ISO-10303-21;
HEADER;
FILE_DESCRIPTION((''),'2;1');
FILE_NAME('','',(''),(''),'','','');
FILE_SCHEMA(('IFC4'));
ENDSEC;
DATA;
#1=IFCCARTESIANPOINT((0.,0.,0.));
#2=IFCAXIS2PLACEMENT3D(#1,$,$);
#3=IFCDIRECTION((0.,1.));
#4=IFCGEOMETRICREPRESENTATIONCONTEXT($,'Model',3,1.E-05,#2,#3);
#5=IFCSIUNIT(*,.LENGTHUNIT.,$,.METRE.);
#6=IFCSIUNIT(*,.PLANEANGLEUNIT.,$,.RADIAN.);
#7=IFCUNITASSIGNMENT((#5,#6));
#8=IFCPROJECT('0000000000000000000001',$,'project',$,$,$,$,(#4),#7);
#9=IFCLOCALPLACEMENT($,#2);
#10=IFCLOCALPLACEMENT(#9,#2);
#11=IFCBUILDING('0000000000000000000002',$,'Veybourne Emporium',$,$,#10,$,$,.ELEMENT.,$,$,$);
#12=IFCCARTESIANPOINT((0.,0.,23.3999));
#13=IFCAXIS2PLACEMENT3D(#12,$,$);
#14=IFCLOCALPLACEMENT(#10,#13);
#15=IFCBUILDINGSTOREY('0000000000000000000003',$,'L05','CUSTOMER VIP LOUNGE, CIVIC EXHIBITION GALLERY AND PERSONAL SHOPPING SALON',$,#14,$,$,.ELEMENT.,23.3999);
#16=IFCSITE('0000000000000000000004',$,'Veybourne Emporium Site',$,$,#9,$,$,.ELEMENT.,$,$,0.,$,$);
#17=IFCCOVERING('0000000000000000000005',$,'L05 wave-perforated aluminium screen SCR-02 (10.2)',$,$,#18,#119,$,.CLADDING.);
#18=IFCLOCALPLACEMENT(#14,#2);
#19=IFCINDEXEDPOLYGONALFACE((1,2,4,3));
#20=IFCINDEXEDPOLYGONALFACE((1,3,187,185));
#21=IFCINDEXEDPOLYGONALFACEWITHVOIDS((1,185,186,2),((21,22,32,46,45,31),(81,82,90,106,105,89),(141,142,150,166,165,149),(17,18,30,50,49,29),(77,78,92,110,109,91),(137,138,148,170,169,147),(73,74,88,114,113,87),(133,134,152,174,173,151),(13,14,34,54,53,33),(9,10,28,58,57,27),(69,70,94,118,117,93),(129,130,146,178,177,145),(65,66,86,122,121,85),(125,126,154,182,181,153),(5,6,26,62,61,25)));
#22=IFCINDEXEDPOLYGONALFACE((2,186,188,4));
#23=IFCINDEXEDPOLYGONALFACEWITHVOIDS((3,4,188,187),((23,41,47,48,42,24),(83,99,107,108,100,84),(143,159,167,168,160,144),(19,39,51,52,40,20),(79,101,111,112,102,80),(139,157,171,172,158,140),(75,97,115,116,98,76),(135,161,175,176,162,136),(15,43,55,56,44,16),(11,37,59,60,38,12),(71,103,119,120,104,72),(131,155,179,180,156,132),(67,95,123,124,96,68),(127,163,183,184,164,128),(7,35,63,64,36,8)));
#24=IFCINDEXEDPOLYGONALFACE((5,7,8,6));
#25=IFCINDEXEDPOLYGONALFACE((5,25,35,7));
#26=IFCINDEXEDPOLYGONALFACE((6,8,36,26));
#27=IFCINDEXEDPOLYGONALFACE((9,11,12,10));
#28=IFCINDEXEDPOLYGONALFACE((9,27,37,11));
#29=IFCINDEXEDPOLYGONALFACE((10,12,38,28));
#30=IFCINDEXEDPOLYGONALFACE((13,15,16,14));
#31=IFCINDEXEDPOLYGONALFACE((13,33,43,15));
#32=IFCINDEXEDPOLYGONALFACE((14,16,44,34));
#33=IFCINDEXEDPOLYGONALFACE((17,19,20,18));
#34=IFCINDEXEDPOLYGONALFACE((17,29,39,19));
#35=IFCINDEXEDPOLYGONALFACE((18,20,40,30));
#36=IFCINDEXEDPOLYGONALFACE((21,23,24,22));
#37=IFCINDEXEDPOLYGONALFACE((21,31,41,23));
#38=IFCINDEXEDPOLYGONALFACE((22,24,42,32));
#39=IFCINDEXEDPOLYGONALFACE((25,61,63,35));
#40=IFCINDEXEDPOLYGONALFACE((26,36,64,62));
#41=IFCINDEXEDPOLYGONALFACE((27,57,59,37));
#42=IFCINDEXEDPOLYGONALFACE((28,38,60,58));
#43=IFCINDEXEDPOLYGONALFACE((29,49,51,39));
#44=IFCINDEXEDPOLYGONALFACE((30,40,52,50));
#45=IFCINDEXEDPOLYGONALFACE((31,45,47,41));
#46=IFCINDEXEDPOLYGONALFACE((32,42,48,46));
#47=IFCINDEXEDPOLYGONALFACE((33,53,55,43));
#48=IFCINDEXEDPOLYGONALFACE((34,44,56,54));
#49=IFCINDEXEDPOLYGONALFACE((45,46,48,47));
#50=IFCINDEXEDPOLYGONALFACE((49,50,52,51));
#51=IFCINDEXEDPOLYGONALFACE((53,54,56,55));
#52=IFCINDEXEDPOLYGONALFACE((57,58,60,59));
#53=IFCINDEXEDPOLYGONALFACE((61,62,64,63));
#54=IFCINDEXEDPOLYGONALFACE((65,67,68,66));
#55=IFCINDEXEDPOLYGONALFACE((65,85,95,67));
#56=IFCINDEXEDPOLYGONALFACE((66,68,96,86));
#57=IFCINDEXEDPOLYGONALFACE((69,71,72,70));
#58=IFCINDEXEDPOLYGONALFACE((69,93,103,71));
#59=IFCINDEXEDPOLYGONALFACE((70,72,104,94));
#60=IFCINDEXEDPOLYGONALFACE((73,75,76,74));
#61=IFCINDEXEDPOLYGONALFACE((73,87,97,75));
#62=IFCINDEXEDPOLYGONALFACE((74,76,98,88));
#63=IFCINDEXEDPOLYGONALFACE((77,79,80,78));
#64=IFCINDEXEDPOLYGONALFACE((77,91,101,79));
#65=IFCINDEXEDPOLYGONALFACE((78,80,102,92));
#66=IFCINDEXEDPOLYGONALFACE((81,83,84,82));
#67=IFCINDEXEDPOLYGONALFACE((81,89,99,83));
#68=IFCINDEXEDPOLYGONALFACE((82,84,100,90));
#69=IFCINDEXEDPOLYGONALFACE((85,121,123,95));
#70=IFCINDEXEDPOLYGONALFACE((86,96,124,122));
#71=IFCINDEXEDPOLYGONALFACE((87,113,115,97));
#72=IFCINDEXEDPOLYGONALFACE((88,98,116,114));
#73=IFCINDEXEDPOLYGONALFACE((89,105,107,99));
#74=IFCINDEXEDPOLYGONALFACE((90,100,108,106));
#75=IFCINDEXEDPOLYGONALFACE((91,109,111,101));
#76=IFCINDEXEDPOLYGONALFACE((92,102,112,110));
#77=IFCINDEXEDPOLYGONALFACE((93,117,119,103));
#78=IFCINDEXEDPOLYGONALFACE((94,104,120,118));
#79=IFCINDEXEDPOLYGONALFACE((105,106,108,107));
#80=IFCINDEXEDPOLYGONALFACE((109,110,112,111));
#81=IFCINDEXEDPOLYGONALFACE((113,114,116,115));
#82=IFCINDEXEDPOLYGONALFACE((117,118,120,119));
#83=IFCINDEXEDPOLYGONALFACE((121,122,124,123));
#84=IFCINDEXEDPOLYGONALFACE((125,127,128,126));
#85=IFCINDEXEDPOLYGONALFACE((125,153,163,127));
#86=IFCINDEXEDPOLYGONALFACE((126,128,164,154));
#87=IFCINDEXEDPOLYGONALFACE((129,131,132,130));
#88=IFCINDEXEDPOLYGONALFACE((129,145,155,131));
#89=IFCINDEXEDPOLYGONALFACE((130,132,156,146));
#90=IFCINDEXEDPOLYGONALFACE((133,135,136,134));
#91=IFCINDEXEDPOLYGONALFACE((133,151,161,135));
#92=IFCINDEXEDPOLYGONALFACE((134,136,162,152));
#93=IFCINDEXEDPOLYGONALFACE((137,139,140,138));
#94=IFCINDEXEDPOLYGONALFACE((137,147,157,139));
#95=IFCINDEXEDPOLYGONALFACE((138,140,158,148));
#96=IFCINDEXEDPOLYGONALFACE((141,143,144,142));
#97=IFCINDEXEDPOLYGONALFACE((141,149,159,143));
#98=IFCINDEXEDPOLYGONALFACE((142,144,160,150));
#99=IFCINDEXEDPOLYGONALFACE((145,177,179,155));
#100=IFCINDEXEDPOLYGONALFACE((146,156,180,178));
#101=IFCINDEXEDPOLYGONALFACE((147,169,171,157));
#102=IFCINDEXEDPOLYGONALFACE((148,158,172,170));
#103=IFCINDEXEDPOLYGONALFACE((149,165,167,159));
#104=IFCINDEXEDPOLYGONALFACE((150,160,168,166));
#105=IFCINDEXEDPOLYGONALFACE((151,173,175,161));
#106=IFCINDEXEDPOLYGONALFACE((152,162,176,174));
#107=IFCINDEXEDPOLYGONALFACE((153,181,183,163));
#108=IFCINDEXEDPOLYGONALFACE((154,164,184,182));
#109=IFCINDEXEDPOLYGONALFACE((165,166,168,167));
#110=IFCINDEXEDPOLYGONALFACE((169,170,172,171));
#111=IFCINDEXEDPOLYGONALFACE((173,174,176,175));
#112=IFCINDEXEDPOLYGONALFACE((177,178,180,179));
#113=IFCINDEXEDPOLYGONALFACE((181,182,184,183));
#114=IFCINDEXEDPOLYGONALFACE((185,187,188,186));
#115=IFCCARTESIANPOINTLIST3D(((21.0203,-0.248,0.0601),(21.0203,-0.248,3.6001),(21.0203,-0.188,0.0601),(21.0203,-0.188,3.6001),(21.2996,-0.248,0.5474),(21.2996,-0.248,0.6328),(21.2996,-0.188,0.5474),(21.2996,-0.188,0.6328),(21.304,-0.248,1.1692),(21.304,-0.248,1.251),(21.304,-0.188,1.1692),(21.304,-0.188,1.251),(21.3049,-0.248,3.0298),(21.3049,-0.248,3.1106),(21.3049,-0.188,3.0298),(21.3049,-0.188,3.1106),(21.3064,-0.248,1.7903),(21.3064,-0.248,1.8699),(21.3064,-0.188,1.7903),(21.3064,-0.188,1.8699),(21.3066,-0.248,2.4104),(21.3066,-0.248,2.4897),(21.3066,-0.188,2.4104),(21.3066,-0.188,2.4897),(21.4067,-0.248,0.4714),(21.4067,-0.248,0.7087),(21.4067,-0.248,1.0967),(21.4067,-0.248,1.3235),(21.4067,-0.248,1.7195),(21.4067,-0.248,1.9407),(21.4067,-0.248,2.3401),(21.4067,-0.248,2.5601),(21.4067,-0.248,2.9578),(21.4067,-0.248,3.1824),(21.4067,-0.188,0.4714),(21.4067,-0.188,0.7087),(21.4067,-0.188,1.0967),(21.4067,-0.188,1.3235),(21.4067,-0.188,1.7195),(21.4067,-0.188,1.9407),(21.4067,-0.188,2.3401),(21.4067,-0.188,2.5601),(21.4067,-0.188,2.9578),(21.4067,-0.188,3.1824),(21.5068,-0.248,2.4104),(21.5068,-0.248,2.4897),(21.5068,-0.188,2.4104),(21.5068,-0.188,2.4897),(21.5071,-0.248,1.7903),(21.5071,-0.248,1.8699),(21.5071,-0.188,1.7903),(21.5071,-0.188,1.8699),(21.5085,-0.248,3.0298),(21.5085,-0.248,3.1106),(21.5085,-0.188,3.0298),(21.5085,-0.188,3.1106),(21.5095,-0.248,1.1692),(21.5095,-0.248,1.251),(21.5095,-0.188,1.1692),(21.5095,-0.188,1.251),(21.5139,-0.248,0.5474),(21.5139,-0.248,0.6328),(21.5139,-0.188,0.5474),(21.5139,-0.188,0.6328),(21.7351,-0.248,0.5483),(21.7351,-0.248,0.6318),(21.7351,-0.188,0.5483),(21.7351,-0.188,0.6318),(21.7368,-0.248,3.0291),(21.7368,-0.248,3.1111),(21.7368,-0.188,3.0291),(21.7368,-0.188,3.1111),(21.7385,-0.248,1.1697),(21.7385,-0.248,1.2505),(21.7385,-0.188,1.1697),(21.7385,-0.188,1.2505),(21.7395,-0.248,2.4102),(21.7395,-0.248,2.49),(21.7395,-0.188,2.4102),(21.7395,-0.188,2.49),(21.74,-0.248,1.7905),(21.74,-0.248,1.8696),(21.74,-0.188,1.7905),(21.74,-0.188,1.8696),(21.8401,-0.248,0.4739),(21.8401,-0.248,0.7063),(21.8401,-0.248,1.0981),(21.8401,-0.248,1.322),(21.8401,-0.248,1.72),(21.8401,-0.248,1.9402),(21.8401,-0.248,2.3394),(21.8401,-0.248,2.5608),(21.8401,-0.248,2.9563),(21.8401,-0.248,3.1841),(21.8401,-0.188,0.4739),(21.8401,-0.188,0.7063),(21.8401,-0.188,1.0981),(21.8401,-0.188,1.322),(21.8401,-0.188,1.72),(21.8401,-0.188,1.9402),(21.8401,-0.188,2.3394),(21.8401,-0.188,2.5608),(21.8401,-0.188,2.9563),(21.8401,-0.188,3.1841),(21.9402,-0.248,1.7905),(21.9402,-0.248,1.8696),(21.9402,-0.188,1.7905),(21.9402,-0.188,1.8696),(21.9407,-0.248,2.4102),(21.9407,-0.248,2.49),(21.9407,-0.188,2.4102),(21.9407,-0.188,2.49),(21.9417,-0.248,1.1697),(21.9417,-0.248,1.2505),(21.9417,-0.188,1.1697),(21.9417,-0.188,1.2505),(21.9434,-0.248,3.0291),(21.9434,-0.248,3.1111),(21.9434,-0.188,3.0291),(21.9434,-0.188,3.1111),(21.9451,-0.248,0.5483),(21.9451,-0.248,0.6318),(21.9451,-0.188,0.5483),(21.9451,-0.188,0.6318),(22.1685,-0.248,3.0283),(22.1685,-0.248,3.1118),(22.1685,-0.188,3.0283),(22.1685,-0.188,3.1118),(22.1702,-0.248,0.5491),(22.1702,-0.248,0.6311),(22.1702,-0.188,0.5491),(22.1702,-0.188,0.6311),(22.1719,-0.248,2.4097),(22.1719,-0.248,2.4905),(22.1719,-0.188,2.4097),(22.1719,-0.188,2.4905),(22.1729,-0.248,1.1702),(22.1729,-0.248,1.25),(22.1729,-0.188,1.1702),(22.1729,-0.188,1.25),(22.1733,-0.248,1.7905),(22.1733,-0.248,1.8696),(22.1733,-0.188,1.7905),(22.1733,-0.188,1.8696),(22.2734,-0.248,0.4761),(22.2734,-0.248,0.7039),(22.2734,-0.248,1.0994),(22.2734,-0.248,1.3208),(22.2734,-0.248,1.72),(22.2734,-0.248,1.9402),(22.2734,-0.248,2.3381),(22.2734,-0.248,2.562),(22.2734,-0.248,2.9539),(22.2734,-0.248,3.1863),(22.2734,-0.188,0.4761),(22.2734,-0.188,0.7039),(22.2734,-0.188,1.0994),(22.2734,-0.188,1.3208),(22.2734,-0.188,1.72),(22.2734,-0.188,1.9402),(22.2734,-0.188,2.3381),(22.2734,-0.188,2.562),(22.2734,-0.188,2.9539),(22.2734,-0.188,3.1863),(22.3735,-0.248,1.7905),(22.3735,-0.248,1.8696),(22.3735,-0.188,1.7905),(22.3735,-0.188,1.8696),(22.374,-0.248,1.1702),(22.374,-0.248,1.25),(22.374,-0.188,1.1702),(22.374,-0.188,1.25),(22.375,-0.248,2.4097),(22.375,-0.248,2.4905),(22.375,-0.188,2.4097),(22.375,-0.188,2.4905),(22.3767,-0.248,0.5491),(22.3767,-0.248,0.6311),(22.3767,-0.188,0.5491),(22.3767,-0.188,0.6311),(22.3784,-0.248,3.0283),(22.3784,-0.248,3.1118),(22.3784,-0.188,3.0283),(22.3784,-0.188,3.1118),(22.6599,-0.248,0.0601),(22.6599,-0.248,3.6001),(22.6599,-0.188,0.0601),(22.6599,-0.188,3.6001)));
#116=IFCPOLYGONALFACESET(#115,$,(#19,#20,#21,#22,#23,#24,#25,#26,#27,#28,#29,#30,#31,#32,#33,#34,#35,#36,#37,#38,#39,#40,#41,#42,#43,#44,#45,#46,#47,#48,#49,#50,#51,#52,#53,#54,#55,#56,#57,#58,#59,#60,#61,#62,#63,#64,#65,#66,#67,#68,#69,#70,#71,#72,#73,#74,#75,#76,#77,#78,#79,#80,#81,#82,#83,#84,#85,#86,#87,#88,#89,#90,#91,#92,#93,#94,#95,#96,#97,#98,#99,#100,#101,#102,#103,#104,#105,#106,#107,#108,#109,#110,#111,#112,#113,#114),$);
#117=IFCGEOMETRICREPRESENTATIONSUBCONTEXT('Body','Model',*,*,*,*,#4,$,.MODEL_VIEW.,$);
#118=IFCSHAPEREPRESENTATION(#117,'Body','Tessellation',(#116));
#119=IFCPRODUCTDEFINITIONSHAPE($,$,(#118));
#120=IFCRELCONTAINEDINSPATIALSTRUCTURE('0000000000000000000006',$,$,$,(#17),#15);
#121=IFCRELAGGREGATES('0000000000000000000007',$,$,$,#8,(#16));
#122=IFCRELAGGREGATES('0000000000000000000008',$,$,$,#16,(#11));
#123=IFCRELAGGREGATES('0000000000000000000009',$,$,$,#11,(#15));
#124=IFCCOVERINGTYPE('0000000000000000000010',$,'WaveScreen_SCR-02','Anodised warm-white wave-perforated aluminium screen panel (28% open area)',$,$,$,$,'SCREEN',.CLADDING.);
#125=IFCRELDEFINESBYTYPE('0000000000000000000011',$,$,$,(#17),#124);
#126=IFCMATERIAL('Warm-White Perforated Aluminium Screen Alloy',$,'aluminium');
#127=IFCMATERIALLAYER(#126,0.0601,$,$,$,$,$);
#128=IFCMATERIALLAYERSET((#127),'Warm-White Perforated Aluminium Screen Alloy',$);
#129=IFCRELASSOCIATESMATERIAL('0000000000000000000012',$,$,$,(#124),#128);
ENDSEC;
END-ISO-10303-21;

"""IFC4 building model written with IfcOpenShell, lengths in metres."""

from ifc_helpers import new_model, si_unit, direction, frame, origin, place, context, subcontext, project, spatial, polyline, outline, extrude, material, layer, layer_set, type_object, element, save


model = new_model("IFC4")

# Units and contexts
model_context = context("Model", 3, precision=1e-05, world=origin(), true_north=direction((0.0, 1.0)))
body_context = subcontext(model_context, "Body", "Model", "MODEL_VIEW")
ifc_project = project(units=[si_unit("LENGTHUNIT", "METRE"), si_unit("PLANEANGLEUNIT", "RADIAN")], contexts=[model_context])

# Site, building, storey
site_placement = place(None, origin())
site = spatial("IfcSite", under=ifc_project, at=site_placement, Name="Veybourne Emporium Site", CompositionType="ELEMENT", RefElevation=0.0)
building_placement = place(site_placement, origin())
building = spatial("IfcBuilding", under=site, at=building_placement, Name="Veybourne Emporium", CompositionType="ELEMENT")
storey_placement = place(building_placement, frame((0.0, 0.0, 23.3999)))
storey = spatial("IfcBuildingStorey", under=building, at=storey_placement, Name="L05", Description="CUSTOMER VIP LOUNGE, CIVIC EXHIBITION GALLERY AND PERSONAL SHOPPING SALON", CompositionType="ELEMENT", Elevation=23.3999)

# Covering
ifc_material_1 = material(Name="Warm-White Perforated Aluminium Screen Alloy", Category="aluminium")
ifc_layer_1 = layer(ifc_material_1, 0.0601)
ifc_layer_set_1 = layer_set([ifc_layer_1], Name="Warm-White Perforated Aluminium Screen Alloy")
covering_type_1 = type_object("IfcCoveringType", Name="WaveScreen_SCR-02", Description="Anodised warm-white wave-perforated aluminium screen panel (28% open area)", ElementType="SCREEN", PredefinedType="CLADDING", material=ifc_layer_set_1)
covering_1_placement = place(storey_placement, frame((21.8401, -0.248, 1.8301), z_axis=(0.0, 1.0, 0.0), x_axis=(-1.0, 0.0, 0.0)))
element("IfcCovering", 1, at=covering_1_placement, inside=storey, type_object=covering_type_1, Name="L05 wave-perforated aluminium screen SCR-02 (10.2)", PredefinedType="CLADDING", context=body_context, shape_type="SweptSolid", body=[
    extrude(outline(polyline([(-0.8198, -1.77), (0.8198, -1.77), (0.8198, 1.77), (-0.8198, 1.77), (-0.8198, -1.77)]), holes=[polyline([(-0.4333, -1.1262), (-0.3301, -1.199), (-0.3301, -1.281), (-0.4333, -1.354), (-0.5366, -1.281), (-0.5366, -1.199), (-0.4333, -1.1262)]), polyline([(-0.4333, -0.5093), (-0.3328, -0.5801), (-0.3328, -0.6599), (-0.4333, -0.7307), (-0.5339, -0.6599), (-0.5339, -0.5801), (-0.4333, -0.5093)]), polyline([(-0.4333, 0.1101), (-0.3333, 0.0396), (-0.3333, -0.0396), (-0.4333, -0.1101), (-0.5334, -0.0396), (-0.5334, 0.0396), (-0.4333, 0.1101)]), polyline([(-0.4333, 0.7319), (-0.3318, 0.6604), (-0.3318, 0.5796), (-0.4333, 0.5081), (-0.5349, 0.5796), (-0.5349, 0.6604), (-0.4333, 0.7319)]), polyline([(-0.4333, 1.3562), (-0.3284, 1.2817), (-0.3284, 1.1982), (-0.4333, 1.1238), (-0.5383, 1.1982), (-0.5383, 1.2817), (-0.4333, 1.3562)]), polyline([(0.0, -1.1238), (0.105, -1.1982), (0.105, -1.2817), (0.0, -1.3562), (-0.105, -1.2817), (-0.105, -1.1982), (0.0, -1.1238)]), polyline([(0.0, -0.5081), (0.1016, -0.5796), (0.1016, -0.6604), (0.0, -0.7319), (-0.1016, -0.6604), (-0.1016, -0.5796), (0.0, -0.5081)]), polyline([(0.0, 0.1101), (0.1001, 0.0396), (0.1001, -0.0396), (0.0, -0.1101), (-0.1001, -0.0396), (-0.1001, 0.0396), (0.0, 0.1101)]), polyline([(0.0, 0.7307), (0.1006, 0.6599), (0.1006, 0.5801), (0.0, 0.5093), (-0.1006, 0.5801), (-0.1006, 0.6599), (0.0, 0.7307)]), polyline([(0.0, 1.354), (0.1033, 1.281), (0.1033, 1.199), (0.0, 1.1262), (-0.1033, 1.199), (-0.1033, 1.281), (0.0, 1.354)]), polyline([(0.4333, -1.1213), (0.5405, -1.1973), (0.5405, -1.2827), (0.4333, -1.3586), (0.3262, -1.2827), (0.3262, -1.1973), (0.4333, -1.1213)]), polyline([(0.4333, -0.5066), (0.5361, -0.5791), (0.5361, -0.6609), (0.4333, -0.7334), (0.3306, -0.6609), (0.3306, -0.5791), (0.4333, -0.5066)]), polyline([(0.4333, 0.1106), (0.5337, 0.0398), (0.5337, -0.0398), (0.4333, -0.1106), (0.333, -0.0398), (0.333, 0.0398), (0.4333, 0.1106)]), polyline([(0.4333, 0.73), (0.5334, 0.6597), (0.5334, 0.5803), (0.4333, 0.51), (0.3333, 0.5803), (0.3333, 0.6597), (0.4333, 0.73)]), polyline([(0.4333, 1.3523), (0.5352, 1.2805), (0.5352, 1.1997), (0.4333, 1.1277), (0.3315, 1.1997), (0.3315, 1.2805), (0.4333, 1.3523)])]), origin(), (0.0, 0.0, 1.0), 0.0601),
])

save(model, "model.ifc")
